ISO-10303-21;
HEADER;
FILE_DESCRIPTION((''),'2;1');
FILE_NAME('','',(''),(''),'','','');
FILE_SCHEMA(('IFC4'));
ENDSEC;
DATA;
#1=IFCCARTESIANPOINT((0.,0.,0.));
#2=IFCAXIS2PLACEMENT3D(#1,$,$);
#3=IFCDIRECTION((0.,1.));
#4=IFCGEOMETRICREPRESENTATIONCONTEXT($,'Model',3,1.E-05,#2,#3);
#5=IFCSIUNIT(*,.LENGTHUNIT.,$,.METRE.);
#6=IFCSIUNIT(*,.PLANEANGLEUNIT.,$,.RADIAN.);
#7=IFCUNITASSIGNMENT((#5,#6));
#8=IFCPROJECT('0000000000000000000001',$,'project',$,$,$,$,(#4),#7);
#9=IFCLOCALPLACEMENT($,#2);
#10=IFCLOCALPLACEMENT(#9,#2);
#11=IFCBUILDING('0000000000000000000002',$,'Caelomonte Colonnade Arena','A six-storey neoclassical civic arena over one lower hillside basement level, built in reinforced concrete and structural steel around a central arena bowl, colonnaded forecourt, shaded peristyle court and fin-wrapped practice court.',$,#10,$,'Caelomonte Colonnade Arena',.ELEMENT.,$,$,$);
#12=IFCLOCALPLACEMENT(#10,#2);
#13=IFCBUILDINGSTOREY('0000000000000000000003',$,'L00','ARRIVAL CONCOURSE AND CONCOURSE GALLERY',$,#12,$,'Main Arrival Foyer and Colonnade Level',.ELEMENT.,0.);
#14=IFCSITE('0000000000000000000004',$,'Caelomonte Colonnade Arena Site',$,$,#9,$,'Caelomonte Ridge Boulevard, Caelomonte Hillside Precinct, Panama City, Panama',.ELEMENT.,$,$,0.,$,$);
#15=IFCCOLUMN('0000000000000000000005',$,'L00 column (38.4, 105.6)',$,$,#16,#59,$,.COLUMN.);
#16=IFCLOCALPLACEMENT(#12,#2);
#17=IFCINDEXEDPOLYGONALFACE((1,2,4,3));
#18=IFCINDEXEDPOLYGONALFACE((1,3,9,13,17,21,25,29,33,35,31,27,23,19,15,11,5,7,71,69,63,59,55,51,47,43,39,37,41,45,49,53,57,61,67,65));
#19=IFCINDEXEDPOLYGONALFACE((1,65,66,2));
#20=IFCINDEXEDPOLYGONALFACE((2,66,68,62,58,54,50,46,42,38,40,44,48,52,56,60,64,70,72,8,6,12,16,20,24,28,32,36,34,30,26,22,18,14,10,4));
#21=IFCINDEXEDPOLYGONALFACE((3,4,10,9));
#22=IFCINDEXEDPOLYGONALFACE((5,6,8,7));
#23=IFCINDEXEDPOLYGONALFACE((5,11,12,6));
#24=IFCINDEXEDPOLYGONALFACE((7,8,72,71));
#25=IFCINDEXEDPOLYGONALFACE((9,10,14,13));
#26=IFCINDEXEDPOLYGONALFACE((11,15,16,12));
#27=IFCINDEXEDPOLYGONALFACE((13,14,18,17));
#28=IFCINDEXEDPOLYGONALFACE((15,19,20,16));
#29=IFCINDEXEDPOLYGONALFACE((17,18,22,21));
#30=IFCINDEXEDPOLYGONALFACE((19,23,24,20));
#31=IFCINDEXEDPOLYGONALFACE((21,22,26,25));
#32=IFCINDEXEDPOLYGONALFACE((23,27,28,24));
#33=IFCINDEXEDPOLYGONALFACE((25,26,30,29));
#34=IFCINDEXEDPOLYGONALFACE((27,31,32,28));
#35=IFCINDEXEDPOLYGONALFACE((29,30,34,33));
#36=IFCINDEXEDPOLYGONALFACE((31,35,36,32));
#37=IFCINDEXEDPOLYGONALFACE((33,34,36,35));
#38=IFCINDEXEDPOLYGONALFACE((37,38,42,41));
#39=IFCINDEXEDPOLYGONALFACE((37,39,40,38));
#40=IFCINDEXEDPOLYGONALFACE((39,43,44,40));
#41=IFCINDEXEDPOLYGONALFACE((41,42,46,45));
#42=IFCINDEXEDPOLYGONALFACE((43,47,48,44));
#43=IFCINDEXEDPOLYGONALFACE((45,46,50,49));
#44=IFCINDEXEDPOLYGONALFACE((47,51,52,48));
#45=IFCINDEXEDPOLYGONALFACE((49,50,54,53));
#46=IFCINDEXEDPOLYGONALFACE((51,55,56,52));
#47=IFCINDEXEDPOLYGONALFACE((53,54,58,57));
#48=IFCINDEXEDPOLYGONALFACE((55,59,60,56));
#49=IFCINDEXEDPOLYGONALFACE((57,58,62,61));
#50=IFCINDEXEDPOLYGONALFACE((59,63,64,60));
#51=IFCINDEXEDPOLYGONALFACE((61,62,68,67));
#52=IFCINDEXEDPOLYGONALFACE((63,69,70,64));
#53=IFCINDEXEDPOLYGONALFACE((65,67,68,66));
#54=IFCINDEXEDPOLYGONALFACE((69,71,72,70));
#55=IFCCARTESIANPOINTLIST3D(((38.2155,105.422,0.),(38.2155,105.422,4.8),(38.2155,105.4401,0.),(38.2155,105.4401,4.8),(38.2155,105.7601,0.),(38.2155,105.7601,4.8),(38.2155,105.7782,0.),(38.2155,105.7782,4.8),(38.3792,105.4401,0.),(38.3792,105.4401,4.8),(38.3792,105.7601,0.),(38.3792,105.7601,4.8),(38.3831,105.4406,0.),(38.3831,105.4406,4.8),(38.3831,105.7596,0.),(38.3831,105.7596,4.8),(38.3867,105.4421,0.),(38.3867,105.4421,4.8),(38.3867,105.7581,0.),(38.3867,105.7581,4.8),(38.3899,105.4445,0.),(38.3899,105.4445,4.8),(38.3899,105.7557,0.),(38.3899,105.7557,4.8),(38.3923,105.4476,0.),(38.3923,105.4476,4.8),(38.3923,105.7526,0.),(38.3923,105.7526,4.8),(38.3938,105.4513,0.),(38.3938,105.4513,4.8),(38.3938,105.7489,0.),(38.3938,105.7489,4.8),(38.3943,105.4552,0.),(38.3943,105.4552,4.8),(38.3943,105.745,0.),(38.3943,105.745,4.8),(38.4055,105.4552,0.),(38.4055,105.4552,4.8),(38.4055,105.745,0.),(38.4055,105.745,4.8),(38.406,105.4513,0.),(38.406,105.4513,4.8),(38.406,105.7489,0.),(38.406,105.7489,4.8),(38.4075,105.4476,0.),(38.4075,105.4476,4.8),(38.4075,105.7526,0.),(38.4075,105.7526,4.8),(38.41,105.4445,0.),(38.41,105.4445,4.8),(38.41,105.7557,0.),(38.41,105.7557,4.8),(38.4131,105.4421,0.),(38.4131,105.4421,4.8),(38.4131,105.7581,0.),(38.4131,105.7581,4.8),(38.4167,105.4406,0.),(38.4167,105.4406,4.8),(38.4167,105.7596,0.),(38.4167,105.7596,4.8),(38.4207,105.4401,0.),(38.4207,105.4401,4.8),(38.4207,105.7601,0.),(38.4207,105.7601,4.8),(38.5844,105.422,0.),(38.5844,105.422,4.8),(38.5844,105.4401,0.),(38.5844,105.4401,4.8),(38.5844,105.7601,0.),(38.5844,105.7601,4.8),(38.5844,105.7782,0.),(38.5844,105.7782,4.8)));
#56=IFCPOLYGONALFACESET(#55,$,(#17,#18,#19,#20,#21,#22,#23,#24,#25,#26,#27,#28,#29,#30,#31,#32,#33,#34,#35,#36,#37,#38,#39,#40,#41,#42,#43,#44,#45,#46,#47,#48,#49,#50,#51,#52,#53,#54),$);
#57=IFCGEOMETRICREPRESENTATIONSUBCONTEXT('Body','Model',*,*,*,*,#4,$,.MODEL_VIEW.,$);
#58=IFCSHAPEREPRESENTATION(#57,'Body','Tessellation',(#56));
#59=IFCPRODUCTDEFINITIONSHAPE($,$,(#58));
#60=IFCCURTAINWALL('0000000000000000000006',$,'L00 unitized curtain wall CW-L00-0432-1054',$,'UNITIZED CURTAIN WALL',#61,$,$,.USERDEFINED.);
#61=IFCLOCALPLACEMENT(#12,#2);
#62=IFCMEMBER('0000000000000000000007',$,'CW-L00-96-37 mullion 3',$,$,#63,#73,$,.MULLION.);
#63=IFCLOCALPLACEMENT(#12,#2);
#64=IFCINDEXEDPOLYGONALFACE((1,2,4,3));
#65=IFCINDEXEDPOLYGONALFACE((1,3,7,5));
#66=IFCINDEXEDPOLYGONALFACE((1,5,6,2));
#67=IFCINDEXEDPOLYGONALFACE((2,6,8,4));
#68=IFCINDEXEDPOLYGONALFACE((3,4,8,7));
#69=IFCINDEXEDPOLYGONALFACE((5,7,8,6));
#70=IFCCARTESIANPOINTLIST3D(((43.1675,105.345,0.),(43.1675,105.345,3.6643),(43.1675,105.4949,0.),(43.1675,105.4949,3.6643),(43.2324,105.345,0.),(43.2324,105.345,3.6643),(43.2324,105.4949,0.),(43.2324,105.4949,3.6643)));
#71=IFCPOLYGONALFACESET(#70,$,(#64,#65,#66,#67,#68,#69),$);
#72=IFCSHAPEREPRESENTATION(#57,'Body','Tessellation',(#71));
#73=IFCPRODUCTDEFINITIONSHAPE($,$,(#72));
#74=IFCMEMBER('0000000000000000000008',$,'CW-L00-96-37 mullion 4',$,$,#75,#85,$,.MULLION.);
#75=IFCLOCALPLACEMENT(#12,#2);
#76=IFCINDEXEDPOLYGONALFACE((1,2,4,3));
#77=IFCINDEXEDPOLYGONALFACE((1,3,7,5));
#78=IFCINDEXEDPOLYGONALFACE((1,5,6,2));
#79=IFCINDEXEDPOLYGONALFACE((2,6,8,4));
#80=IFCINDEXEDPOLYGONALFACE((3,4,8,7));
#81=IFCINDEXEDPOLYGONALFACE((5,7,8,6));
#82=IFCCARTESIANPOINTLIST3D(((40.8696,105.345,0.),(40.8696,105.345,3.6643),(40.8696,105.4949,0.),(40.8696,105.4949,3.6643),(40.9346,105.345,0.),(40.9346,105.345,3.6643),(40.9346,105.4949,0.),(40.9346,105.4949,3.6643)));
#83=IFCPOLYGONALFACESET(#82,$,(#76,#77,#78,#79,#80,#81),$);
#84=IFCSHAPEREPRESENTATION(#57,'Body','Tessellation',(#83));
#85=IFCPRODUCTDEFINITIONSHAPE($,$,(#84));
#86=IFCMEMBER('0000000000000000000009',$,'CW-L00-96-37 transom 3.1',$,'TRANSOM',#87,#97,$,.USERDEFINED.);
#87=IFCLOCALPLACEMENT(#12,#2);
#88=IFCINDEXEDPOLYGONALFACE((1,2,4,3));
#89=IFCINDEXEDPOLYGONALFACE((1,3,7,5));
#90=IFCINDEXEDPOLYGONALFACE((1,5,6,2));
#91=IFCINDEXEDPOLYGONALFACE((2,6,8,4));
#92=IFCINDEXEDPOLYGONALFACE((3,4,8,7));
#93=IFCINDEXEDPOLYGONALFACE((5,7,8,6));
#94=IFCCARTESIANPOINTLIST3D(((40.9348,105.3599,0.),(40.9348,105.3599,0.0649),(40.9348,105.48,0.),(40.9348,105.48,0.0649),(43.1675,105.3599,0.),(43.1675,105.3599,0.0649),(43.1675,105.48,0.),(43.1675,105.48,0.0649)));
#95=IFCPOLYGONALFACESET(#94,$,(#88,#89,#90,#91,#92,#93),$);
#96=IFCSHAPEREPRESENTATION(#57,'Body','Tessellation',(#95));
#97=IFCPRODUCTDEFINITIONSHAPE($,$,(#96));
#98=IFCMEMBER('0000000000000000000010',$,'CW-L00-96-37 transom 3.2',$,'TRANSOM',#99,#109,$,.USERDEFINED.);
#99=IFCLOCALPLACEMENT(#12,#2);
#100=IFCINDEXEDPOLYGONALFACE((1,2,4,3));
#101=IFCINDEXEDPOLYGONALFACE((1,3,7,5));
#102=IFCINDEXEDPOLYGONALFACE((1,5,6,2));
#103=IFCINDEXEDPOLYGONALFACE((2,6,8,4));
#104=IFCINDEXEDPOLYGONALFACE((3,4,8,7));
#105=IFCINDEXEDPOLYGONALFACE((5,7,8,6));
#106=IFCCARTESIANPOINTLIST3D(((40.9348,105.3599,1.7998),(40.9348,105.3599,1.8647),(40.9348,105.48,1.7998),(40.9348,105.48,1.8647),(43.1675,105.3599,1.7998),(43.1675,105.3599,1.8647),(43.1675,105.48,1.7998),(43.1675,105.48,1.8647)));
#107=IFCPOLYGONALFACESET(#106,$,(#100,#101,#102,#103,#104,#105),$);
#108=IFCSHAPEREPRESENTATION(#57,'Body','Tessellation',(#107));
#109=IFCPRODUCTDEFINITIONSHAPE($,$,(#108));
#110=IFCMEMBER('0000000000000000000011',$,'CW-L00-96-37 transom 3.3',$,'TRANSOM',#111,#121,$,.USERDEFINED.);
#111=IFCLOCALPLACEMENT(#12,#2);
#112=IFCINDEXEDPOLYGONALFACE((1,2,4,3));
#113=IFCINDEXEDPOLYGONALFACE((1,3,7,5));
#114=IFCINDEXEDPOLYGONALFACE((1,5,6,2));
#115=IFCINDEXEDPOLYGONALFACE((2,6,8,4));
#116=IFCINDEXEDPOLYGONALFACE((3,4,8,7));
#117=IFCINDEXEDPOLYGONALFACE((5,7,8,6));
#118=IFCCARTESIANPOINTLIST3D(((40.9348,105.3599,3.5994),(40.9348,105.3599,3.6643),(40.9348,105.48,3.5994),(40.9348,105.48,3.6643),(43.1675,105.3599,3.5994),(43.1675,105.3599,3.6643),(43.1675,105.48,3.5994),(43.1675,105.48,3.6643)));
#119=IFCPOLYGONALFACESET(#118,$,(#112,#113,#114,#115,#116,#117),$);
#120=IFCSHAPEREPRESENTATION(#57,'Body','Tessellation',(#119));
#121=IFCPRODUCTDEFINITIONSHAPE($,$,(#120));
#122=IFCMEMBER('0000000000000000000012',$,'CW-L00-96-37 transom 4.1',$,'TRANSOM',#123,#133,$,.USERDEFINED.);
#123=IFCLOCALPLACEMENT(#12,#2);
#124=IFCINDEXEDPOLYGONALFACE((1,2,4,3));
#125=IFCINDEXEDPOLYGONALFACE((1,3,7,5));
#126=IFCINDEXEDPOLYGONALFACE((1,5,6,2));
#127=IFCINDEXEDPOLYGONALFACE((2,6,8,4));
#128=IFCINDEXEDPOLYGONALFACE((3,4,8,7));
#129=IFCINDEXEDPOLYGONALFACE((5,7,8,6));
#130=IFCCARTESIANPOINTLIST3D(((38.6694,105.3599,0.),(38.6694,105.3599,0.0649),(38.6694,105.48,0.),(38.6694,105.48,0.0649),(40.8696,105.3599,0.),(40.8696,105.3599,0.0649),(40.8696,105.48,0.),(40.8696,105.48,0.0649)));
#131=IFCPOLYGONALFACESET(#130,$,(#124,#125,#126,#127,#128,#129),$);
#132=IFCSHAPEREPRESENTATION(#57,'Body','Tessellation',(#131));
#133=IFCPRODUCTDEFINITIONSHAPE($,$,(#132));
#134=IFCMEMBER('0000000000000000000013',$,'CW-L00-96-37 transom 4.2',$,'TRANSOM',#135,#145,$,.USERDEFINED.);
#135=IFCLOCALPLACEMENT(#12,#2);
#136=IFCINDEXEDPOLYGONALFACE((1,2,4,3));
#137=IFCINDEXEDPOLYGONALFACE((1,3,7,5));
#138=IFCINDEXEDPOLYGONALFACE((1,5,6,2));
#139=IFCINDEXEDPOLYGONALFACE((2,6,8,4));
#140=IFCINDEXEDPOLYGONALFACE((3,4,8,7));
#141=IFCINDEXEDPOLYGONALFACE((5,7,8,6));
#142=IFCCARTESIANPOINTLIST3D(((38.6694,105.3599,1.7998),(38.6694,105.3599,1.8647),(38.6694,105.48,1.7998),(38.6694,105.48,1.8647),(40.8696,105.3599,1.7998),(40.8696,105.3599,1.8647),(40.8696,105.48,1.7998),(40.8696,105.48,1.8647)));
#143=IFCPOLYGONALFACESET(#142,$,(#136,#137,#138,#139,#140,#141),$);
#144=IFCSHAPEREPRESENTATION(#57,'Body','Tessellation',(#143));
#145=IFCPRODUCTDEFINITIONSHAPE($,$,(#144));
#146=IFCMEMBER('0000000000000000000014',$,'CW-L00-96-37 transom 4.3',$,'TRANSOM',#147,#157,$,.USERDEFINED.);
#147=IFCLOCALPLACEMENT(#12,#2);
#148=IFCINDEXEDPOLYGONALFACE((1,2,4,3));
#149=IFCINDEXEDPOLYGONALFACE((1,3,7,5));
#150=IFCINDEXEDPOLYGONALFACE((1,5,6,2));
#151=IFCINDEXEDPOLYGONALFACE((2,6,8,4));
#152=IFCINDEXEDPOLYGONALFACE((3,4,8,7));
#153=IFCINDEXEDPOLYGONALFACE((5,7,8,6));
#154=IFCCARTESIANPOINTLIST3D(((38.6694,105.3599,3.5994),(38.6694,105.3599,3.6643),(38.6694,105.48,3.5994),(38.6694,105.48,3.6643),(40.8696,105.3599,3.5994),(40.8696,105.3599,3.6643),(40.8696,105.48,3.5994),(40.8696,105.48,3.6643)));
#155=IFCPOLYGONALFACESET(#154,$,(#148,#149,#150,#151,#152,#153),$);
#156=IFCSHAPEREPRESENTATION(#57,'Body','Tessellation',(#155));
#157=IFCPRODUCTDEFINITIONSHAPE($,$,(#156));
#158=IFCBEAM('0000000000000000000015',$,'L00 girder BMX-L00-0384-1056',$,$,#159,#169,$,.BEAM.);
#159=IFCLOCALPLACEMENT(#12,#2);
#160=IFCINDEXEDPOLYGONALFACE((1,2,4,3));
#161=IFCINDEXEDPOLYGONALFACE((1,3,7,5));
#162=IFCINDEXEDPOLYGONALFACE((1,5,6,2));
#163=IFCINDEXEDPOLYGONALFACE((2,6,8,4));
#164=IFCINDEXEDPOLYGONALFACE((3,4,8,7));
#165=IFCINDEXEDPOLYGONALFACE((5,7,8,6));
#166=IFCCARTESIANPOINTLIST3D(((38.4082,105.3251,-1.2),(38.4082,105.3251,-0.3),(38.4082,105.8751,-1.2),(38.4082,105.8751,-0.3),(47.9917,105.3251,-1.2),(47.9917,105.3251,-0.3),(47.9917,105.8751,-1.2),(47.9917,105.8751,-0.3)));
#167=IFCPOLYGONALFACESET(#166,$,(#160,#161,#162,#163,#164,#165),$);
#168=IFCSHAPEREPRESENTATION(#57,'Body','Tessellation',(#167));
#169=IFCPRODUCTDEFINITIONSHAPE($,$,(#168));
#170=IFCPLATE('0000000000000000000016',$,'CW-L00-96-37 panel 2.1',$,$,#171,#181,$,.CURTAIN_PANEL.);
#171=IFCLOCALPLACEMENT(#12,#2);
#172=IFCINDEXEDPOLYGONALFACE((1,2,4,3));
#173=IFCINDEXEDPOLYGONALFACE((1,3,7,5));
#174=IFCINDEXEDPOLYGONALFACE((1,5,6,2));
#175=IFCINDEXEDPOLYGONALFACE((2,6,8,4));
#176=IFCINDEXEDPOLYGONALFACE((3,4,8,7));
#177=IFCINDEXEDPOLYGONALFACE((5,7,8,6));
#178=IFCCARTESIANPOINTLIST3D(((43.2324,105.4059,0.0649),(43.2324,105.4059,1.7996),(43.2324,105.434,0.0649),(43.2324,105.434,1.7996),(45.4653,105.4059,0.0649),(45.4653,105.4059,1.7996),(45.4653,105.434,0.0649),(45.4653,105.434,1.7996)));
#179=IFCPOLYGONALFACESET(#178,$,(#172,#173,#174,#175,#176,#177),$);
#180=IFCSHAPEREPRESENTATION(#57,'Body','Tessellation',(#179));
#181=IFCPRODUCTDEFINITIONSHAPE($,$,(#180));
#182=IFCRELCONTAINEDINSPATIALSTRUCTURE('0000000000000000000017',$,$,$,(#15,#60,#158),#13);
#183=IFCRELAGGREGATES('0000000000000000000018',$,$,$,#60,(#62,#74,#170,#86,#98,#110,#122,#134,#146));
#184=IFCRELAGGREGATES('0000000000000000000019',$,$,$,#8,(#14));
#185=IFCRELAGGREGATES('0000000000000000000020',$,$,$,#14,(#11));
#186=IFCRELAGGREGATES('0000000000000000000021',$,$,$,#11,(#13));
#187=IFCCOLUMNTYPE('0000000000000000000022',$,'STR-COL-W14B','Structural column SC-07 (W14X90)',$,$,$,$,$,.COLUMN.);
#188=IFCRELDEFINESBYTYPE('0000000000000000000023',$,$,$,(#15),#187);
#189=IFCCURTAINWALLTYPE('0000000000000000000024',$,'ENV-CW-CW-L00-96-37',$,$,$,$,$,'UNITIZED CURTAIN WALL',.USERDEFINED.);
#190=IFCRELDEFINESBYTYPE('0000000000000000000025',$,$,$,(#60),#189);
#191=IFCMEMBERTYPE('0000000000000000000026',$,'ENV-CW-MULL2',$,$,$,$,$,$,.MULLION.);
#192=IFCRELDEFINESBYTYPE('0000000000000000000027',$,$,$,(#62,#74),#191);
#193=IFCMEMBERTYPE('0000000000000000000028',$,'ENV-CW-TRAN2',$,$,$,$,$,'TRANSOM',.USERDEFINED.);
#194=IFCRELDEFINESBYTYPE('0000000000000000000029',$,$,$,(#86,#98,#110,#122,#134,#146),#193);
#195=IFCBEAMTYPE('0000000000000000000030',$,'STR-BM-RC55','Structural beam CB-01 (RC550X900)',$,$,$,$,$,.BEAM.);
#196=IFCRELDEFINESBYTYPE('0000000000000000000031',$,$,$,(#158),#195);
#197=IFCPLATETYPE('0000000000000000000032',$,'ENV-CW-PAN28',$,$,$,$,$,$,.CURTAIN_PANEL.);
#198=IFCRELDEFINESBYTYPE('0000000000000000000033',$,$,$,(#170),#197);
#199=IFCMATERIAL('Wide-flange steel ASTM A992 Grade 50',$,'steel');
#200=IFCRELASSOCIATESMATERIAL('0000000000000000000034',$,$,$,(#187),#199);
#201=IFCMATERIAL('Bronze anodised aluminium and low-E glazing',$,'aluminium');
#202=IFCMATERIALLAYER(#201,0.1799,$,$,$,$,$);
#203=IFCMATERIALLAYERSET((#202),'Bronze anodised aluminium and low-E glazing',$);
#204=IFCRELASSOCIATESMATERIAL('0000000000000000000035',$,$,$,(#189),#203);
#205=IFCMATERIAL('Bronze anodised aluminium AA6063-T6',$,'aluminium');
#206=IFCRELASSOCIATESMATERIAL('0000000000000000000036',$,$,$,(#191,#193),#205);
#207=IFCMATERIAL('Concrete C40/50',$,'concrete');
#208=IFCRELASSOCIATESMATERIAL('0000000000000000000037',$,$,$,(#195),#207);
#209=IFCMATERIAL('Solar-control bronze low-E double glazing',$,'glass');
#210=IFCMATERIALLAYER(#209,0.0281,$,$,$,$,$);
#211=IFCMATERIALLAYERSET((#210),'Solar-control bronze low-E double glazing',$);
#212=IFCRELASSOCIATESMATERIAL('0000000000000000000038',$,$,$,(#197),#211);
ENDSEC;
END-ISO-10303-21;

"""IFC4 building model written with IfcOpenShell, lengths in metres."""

from ifc_helpers import new_model, si_unit, direction, frame, origin, origin_2d, place, context, subcontext, project, spatial, rectangle, i_section, extrude, material, layer, layer_set, material_profile, profile_set, type_object, element, aggregate, save


model = new_model("IFC4")

# Units and contexts
model_context = context("Model", 3, precision=1e-05, world=origin(), true_north=direction((0.0, 1.0)))
body_context = subcontext(model_context, "Body", "Model", "MODEL_VIEW")
ifc_project = project(units=[si_unit("LENGTHUNIT", "METRE"), si_unit("PLANEANGLEUNIT", "RADIAN")], contexts=[model_context])

# Site, building, storey
site_placement = place(None, origin())
site = spatial("IfcSite", under=ifc_project, at=site_placement, Name="Caelomonte Colonnade Arena Site", LongName="Caelomonte Ridge Boulevard, Caelomonte Hillside Precinct, Panama City, Panama", CompositionType="ELEMENT", RefElevation=0.0)
building_placement = place(site_placement, origin())
building = spatial("IfcBuilding", under=site, at=building_placement, Name="Caelomonte Colonnade Arena", Description="A six-storey neoclassical civic arena over one lower hillside basement level, built in reinforced concrete and structural steel around a central arena bowl, colonnaded forecourt, shaded peristyle court and fin-wrapped practice court.", LongName="Caelomonte Colonnade Arena", CompositionType="ELEMENT")
storey_placement = place(building_placement, origin())
storey = spatial("IfcBuildingStorey", under=building, at=storey_placement, Name="L00", Description="ARRIVAL CONCOURSE AND CONCOURSE GALLERY", LongName="Main Arrival Foyer and Colonnade Level", CompositionType="ELEMENT", Elevation=0.0)

# Column
ifc_material_1 = material(Name="Wide-flange steel ASTM A992 Grade 50", Category="steel")
ifc_material_profile_1 = material_profile(ifc_material_1, i_section(OverallWidth=0.3689, OverallDepth=0.3562, WebThickness=0.0112, FlangeThickness=0.0181, FilletRadius=0.0151, at=origin_2d()), Name="W14X90")
ifc_profile_set_1 = profile_set([ifc_material_profile_1], Name="Wide-flange steel ASTM A992 Grade 50")
column_type = type_object("IfcColumnType", Name="STR-COL-W14B", Description="Structural column SC-07 (W14X90)", PredefinedType="COLUMN", material=ifc_profile_set_1)
column_placement = place(storey_placement, frame((38.3999, 105.6001, 0.0), z_axis=(0.0, 0.0, 1.0), x_axis=(1.0, 0.0, 0.0)))
element("IfcColumn", 1, at=column_placement, inside=storey, type_object=column_type, Name="L00 column (38.4, 105.6)", PredefinedType="COLUMN", context=body_context, shape_type="SweptSolid", body=[
    extrude(i_section(OverallWidth=0.3689, OverallDepth=0.3562, WebThickness=0.0112, FlangeThickness=0.0181, FilletRadius=0.0151, at=origin_2d()), origin(), (0.0, 0.0, 1.0), 4.8),
])

# Curtain wall, members
ifc_material_2 = material(Name="Bronze anodised aluminium and low-E glazing", Category="aluminium")
ifc_layer_1 = layer(ifc_material_2, 0.1799)
ifc_layer_set_1 = layer_set([ifc_layer_1], Name="Bronze anodised aluminium and low-E glazing")
curtain_wall_type = type_object("IfcCurtainWallType", Name="ENV-CW-CW-L00-96-37", ElementType="UNITIZED CURTAIN WALL", PredefinedType="USERDEFINED", material=ifc_layer_set_1)
curtain_wall_placement = place(storey_placement, origin())
curtain_wall = element("IfcCurtainWall", 2, at=curtain_wall_placement, inside=storey, type_object=curtain_wall_type, Name="L00 unitized curtain wall CW-L00-0432-1054", ObjectType="UNITIZED CURTAIN WALL", PredefinedType="USERDEFINED")
ifc_material_3 = material(Name="Bronze anodised aluminium AA6063-T6", Category="aluminium")
ifc_material_profile_2 = material_profile(ifc_material_3, rectangle(XDim=0.0649, YDim=0.1499, at=origin_2d()), Name="CWM-65X150")
ifc_profile_set_2 = profile_set([ifc_material_profile_2], Name="Bronze anodised aluminium AA6063-T6")
member_type_1 = type_object("IfcMemberType", Name="ENV-CW-MULL2", PredefinedType="MULLION", material=ifc_profile_set_2)
member_1_placement = place(storey_placement, frame((43.2, 105.4199, 0.0), z_axis=(0.0, 0.0, 1.0), x_axis=(-1.0, 0.0, 0.0)))
member_1 = element("IfcMember", 3, at=member_1_placement, type_object=member_type_1, Name="CW-L00-96-37 mullion 3", PredefinedType="MULLION", context=body_context, shape_type="SweptSolid", body=[
    extrude(rectangle(XDim=0.0649, YDim=0.1499, at=origin_2d()), origin(), (0.0, 0.0, 1.0), 3.6643),
])
member_2_placement = place(storey_placement, frame((40.9021, 105.4199, 0.0), z_axis=(0.0, 0.0, 1.0), x_axis=(-1.0, 0.0, 0.0)))
member_2 = element("IfcMember", 4, at=member_2_placement, type_object=member_type_1, Name="CW-L00-96-37 mullion 4", PredefinedType="MULLION", context=body_context, shape_type="SweptSolid", body=[
    extrude(rectangle(XDim=0.0649, YDim=0.1499, at=origin_2d()), origin(), (0.0, 0.0, 1.0), 3.6643),
])
ifc_material_profile_3 = material_profile(ifc_material_3, rectangle(XDim=0.0649, YDim=0.1201, at=origin_2d()), Name="CWT-65X120")
ifc_profile_set_3 = profile_set([ifc_material_profile_3], Name="Bronze anodised aluminium AA6063-T6")
member_type_2 = type_object("IfcMemberType", Name="ENV-CW-TRAN2", ElementType="TRANSOM", PredefinedType="USERDEFINED", material=ifc_profile_set_3)
member_3_placement = place(storey_placement, frame((43.1675, 105.4199, 0.0325), z_axis=(-1.0, 0.0, 0.0), x_axis=(0.0, 0.0, 1.0)))
member_3 = element("IfcMember", 5, at=member_3_placement, type_object=member_type_2, Name="CW-L00-96-37 transom 3.1", ObjectType="TRANSOM", PredefinedType="USERDEFINED", context=body_context, shape_type="SweptSolid", body=[
    extrude(rectangle(XDim=0.0649, YDim=0.1201, at=origin_2d()), origin(), (0.0, 0.0, 1.0), 2.2327),
])
member_4_placement = place(storey_placement, frame((43.1675, 105.4199, 1.8323), z_axis=(-1.0, 0.0, 0.0), x_axis=(0.0, 0.0, 1.0)))
member_4 = element("IfcMember", 6, at=member_4_placement, type_object=member_type_2, Name="CW-L00-96-37 transom 3.2", ObjectType="TRANSOM", PredefinedType="USERDEFINED", context=body_context, shape_type="SweptSolid", body=[
    extrude(rectangle(XDim=0.0649, YDim=0.1201, at=origin_2d()), origin(), (0.0, 0.0, 1.0), 2.2327),
])
member_5_placement = place(storey_placement, frame((43.1675, 105.4199, 3.6318), z_axis=(-1.0, 0.0, 0.0), x_axis=(0.0, 0.0, 1.0)))
member_5 = element("IfcMember", 7, at=member_5_placement, type_object=member_type_2, Name="CW-L00-96-37 transom 3.3", ObjectType="TRANSOM", PredefinedType="USERDEFINED", context=body_context, shape_type="SweptSolid", body=[
    extrude(rectangle(XDim=0.0649, YDim=0.1201, at=origin_2d()), origin(), (0.0, 0.0, 1.0), 2.2327),
])
member_6_placement = place(storey_placement, frame((40.8696, 105.4199, 0.0325), z_axis=(-1.0, 0.0, 0.0), x_axis=(0.0, 0.0, 1.0)))
member_6 = element("IfcMember", 8, at=member_6_placement, type_object=member_type_2, Name="CW-L00-96-37 transom 4.1", ObjectType="TRANSOM", PredefinedType="USERDEFINED", context=body_context, shape_type="SweptSolid", body=[
    extrude(rectangle(XDim=0.0649, YDim=0.1201, at=origin_2d()), origin(), (0.0, 0.0, 1.0), 2.2002),
])
member_7_placement = place(storey_placement, frame((40.8696, 105.4199, 1.8323), z_axis=(-1.0, 0.0, 0.0), x_axis=(0.0, 0.0, 1.0)))
member_7 = element("IfcMember", 9, at=member_7_placement, type_object=member_type_2, Name="CW-L00-96-37 transom 4.2", ObjectType="TRANSOM", PredefinedType="USERDEFINED", context=body_context, shape_type="SweptSolid", body=[
    extrude(rectangle(XDim=0.0649, YDim=0.1201, at=origin_2d()), origin(), (0.0, 0.0, 1.0), 2.2002),
])
member_8_placement = place(storey_placement, frame((40.8696, 105.4199, 3.6318), z_axis=(-1.0, 0.0, 0.0), x_axis=(0.0, 0.0, 1.0)))
member_8 = element("IfcMember", 10, at=member_8_placement, type_object=member_type_2, Name="CW-L00-96-37 transom 4.3", ObjectType="TRANSOM", PredefinedType="USERDEFINED", context=body_context, shape_type="SweptSolid", body=[
    extrude(rectangle(XDim=0.0649, YDim=0.1201, at=origin_2d()), origin(), (0.0, 0.0, 1.0), 2.2002),
])

# Beam
ifc_material_4 = material(Name="Concrete C40/50", Category="concrete")
ifc_material_profile_4 = material_profile(ifc_material_4, rectangle(XDim=0.55, YDim=0.8999, at=origin_2d()), Name="RC550X900")
ifc_profile_set_4 = profile_set([ifc_material_profile_4], Name="Concrete C40/50")
beam_type = type_object("IfcBeamType", Name="STR-BM-RC55", Description="Structural beam CB-01 (RC550X900)", PredefinedType="BEAM", material=ifc_profile_set_4)
beam_placement = place(storey_placement, frame((38.4082, 105.6001, -0.75), z_axis=(1.0, 0.0, 0.0), x_axis=(0.0, 1.0, 0.0)))
element("IfcBeam", 11, at=beam_placement, inside=storey, type_object=beam_type, Name="L00 girder BMX-L00-0384-1056", PredefinedType="BEAM", context=body_context, shape_type="SweptSolid", body=[
    extrude(rectangle(XDim=0.55, YDim=0.8999, at=origin_2d()), origin(), (0.0, 0.0, 1.0), 9.5835),
])

# Plate
ifc_material_5 = material(Name="Solar-control bronze low-E double glazing", Category="glass")
ifc_layer_2 = layer(ifc_material_5, 0.0281)
ifc_layer_set_2 = layer_set([ifc_layer_2], Name="Solar-control bronze low-E double glazing")
plate_type = type_object("IfcPlateType", Name="ENV-CW-PAN28", PredefinedType="CURTAIN_PANEL", material=ifc_layer_set_2)
plate_1_placement = place(storey_placement, frame((44.3489, 105.4199, 0.0649), z_axis=(0.0, 0.0, 1.0), x_axis=(-1.0, 0.0, 0.0)))
plate_1 = element("IfcPlate", 12, at=plate_1_placement, type_object=plate_type, Name="CW-L00-96-37 panel 2.1", PredefinedType="CURTAIN_PANEL", context=body_context, shape_type="SweptSolid", body=[
    extrude(rectangle(XDim=2.2329, YDim=0.0281, at=origin_2d()), origin(), (0.0, 0.0, 1.0), 1.7346),
])
aggregate(curtain_wall, [member_1, member_2, plate_1, member_3, member_4, member_5, member_6, member_7, member_8])

save(model, "model.ifc")
